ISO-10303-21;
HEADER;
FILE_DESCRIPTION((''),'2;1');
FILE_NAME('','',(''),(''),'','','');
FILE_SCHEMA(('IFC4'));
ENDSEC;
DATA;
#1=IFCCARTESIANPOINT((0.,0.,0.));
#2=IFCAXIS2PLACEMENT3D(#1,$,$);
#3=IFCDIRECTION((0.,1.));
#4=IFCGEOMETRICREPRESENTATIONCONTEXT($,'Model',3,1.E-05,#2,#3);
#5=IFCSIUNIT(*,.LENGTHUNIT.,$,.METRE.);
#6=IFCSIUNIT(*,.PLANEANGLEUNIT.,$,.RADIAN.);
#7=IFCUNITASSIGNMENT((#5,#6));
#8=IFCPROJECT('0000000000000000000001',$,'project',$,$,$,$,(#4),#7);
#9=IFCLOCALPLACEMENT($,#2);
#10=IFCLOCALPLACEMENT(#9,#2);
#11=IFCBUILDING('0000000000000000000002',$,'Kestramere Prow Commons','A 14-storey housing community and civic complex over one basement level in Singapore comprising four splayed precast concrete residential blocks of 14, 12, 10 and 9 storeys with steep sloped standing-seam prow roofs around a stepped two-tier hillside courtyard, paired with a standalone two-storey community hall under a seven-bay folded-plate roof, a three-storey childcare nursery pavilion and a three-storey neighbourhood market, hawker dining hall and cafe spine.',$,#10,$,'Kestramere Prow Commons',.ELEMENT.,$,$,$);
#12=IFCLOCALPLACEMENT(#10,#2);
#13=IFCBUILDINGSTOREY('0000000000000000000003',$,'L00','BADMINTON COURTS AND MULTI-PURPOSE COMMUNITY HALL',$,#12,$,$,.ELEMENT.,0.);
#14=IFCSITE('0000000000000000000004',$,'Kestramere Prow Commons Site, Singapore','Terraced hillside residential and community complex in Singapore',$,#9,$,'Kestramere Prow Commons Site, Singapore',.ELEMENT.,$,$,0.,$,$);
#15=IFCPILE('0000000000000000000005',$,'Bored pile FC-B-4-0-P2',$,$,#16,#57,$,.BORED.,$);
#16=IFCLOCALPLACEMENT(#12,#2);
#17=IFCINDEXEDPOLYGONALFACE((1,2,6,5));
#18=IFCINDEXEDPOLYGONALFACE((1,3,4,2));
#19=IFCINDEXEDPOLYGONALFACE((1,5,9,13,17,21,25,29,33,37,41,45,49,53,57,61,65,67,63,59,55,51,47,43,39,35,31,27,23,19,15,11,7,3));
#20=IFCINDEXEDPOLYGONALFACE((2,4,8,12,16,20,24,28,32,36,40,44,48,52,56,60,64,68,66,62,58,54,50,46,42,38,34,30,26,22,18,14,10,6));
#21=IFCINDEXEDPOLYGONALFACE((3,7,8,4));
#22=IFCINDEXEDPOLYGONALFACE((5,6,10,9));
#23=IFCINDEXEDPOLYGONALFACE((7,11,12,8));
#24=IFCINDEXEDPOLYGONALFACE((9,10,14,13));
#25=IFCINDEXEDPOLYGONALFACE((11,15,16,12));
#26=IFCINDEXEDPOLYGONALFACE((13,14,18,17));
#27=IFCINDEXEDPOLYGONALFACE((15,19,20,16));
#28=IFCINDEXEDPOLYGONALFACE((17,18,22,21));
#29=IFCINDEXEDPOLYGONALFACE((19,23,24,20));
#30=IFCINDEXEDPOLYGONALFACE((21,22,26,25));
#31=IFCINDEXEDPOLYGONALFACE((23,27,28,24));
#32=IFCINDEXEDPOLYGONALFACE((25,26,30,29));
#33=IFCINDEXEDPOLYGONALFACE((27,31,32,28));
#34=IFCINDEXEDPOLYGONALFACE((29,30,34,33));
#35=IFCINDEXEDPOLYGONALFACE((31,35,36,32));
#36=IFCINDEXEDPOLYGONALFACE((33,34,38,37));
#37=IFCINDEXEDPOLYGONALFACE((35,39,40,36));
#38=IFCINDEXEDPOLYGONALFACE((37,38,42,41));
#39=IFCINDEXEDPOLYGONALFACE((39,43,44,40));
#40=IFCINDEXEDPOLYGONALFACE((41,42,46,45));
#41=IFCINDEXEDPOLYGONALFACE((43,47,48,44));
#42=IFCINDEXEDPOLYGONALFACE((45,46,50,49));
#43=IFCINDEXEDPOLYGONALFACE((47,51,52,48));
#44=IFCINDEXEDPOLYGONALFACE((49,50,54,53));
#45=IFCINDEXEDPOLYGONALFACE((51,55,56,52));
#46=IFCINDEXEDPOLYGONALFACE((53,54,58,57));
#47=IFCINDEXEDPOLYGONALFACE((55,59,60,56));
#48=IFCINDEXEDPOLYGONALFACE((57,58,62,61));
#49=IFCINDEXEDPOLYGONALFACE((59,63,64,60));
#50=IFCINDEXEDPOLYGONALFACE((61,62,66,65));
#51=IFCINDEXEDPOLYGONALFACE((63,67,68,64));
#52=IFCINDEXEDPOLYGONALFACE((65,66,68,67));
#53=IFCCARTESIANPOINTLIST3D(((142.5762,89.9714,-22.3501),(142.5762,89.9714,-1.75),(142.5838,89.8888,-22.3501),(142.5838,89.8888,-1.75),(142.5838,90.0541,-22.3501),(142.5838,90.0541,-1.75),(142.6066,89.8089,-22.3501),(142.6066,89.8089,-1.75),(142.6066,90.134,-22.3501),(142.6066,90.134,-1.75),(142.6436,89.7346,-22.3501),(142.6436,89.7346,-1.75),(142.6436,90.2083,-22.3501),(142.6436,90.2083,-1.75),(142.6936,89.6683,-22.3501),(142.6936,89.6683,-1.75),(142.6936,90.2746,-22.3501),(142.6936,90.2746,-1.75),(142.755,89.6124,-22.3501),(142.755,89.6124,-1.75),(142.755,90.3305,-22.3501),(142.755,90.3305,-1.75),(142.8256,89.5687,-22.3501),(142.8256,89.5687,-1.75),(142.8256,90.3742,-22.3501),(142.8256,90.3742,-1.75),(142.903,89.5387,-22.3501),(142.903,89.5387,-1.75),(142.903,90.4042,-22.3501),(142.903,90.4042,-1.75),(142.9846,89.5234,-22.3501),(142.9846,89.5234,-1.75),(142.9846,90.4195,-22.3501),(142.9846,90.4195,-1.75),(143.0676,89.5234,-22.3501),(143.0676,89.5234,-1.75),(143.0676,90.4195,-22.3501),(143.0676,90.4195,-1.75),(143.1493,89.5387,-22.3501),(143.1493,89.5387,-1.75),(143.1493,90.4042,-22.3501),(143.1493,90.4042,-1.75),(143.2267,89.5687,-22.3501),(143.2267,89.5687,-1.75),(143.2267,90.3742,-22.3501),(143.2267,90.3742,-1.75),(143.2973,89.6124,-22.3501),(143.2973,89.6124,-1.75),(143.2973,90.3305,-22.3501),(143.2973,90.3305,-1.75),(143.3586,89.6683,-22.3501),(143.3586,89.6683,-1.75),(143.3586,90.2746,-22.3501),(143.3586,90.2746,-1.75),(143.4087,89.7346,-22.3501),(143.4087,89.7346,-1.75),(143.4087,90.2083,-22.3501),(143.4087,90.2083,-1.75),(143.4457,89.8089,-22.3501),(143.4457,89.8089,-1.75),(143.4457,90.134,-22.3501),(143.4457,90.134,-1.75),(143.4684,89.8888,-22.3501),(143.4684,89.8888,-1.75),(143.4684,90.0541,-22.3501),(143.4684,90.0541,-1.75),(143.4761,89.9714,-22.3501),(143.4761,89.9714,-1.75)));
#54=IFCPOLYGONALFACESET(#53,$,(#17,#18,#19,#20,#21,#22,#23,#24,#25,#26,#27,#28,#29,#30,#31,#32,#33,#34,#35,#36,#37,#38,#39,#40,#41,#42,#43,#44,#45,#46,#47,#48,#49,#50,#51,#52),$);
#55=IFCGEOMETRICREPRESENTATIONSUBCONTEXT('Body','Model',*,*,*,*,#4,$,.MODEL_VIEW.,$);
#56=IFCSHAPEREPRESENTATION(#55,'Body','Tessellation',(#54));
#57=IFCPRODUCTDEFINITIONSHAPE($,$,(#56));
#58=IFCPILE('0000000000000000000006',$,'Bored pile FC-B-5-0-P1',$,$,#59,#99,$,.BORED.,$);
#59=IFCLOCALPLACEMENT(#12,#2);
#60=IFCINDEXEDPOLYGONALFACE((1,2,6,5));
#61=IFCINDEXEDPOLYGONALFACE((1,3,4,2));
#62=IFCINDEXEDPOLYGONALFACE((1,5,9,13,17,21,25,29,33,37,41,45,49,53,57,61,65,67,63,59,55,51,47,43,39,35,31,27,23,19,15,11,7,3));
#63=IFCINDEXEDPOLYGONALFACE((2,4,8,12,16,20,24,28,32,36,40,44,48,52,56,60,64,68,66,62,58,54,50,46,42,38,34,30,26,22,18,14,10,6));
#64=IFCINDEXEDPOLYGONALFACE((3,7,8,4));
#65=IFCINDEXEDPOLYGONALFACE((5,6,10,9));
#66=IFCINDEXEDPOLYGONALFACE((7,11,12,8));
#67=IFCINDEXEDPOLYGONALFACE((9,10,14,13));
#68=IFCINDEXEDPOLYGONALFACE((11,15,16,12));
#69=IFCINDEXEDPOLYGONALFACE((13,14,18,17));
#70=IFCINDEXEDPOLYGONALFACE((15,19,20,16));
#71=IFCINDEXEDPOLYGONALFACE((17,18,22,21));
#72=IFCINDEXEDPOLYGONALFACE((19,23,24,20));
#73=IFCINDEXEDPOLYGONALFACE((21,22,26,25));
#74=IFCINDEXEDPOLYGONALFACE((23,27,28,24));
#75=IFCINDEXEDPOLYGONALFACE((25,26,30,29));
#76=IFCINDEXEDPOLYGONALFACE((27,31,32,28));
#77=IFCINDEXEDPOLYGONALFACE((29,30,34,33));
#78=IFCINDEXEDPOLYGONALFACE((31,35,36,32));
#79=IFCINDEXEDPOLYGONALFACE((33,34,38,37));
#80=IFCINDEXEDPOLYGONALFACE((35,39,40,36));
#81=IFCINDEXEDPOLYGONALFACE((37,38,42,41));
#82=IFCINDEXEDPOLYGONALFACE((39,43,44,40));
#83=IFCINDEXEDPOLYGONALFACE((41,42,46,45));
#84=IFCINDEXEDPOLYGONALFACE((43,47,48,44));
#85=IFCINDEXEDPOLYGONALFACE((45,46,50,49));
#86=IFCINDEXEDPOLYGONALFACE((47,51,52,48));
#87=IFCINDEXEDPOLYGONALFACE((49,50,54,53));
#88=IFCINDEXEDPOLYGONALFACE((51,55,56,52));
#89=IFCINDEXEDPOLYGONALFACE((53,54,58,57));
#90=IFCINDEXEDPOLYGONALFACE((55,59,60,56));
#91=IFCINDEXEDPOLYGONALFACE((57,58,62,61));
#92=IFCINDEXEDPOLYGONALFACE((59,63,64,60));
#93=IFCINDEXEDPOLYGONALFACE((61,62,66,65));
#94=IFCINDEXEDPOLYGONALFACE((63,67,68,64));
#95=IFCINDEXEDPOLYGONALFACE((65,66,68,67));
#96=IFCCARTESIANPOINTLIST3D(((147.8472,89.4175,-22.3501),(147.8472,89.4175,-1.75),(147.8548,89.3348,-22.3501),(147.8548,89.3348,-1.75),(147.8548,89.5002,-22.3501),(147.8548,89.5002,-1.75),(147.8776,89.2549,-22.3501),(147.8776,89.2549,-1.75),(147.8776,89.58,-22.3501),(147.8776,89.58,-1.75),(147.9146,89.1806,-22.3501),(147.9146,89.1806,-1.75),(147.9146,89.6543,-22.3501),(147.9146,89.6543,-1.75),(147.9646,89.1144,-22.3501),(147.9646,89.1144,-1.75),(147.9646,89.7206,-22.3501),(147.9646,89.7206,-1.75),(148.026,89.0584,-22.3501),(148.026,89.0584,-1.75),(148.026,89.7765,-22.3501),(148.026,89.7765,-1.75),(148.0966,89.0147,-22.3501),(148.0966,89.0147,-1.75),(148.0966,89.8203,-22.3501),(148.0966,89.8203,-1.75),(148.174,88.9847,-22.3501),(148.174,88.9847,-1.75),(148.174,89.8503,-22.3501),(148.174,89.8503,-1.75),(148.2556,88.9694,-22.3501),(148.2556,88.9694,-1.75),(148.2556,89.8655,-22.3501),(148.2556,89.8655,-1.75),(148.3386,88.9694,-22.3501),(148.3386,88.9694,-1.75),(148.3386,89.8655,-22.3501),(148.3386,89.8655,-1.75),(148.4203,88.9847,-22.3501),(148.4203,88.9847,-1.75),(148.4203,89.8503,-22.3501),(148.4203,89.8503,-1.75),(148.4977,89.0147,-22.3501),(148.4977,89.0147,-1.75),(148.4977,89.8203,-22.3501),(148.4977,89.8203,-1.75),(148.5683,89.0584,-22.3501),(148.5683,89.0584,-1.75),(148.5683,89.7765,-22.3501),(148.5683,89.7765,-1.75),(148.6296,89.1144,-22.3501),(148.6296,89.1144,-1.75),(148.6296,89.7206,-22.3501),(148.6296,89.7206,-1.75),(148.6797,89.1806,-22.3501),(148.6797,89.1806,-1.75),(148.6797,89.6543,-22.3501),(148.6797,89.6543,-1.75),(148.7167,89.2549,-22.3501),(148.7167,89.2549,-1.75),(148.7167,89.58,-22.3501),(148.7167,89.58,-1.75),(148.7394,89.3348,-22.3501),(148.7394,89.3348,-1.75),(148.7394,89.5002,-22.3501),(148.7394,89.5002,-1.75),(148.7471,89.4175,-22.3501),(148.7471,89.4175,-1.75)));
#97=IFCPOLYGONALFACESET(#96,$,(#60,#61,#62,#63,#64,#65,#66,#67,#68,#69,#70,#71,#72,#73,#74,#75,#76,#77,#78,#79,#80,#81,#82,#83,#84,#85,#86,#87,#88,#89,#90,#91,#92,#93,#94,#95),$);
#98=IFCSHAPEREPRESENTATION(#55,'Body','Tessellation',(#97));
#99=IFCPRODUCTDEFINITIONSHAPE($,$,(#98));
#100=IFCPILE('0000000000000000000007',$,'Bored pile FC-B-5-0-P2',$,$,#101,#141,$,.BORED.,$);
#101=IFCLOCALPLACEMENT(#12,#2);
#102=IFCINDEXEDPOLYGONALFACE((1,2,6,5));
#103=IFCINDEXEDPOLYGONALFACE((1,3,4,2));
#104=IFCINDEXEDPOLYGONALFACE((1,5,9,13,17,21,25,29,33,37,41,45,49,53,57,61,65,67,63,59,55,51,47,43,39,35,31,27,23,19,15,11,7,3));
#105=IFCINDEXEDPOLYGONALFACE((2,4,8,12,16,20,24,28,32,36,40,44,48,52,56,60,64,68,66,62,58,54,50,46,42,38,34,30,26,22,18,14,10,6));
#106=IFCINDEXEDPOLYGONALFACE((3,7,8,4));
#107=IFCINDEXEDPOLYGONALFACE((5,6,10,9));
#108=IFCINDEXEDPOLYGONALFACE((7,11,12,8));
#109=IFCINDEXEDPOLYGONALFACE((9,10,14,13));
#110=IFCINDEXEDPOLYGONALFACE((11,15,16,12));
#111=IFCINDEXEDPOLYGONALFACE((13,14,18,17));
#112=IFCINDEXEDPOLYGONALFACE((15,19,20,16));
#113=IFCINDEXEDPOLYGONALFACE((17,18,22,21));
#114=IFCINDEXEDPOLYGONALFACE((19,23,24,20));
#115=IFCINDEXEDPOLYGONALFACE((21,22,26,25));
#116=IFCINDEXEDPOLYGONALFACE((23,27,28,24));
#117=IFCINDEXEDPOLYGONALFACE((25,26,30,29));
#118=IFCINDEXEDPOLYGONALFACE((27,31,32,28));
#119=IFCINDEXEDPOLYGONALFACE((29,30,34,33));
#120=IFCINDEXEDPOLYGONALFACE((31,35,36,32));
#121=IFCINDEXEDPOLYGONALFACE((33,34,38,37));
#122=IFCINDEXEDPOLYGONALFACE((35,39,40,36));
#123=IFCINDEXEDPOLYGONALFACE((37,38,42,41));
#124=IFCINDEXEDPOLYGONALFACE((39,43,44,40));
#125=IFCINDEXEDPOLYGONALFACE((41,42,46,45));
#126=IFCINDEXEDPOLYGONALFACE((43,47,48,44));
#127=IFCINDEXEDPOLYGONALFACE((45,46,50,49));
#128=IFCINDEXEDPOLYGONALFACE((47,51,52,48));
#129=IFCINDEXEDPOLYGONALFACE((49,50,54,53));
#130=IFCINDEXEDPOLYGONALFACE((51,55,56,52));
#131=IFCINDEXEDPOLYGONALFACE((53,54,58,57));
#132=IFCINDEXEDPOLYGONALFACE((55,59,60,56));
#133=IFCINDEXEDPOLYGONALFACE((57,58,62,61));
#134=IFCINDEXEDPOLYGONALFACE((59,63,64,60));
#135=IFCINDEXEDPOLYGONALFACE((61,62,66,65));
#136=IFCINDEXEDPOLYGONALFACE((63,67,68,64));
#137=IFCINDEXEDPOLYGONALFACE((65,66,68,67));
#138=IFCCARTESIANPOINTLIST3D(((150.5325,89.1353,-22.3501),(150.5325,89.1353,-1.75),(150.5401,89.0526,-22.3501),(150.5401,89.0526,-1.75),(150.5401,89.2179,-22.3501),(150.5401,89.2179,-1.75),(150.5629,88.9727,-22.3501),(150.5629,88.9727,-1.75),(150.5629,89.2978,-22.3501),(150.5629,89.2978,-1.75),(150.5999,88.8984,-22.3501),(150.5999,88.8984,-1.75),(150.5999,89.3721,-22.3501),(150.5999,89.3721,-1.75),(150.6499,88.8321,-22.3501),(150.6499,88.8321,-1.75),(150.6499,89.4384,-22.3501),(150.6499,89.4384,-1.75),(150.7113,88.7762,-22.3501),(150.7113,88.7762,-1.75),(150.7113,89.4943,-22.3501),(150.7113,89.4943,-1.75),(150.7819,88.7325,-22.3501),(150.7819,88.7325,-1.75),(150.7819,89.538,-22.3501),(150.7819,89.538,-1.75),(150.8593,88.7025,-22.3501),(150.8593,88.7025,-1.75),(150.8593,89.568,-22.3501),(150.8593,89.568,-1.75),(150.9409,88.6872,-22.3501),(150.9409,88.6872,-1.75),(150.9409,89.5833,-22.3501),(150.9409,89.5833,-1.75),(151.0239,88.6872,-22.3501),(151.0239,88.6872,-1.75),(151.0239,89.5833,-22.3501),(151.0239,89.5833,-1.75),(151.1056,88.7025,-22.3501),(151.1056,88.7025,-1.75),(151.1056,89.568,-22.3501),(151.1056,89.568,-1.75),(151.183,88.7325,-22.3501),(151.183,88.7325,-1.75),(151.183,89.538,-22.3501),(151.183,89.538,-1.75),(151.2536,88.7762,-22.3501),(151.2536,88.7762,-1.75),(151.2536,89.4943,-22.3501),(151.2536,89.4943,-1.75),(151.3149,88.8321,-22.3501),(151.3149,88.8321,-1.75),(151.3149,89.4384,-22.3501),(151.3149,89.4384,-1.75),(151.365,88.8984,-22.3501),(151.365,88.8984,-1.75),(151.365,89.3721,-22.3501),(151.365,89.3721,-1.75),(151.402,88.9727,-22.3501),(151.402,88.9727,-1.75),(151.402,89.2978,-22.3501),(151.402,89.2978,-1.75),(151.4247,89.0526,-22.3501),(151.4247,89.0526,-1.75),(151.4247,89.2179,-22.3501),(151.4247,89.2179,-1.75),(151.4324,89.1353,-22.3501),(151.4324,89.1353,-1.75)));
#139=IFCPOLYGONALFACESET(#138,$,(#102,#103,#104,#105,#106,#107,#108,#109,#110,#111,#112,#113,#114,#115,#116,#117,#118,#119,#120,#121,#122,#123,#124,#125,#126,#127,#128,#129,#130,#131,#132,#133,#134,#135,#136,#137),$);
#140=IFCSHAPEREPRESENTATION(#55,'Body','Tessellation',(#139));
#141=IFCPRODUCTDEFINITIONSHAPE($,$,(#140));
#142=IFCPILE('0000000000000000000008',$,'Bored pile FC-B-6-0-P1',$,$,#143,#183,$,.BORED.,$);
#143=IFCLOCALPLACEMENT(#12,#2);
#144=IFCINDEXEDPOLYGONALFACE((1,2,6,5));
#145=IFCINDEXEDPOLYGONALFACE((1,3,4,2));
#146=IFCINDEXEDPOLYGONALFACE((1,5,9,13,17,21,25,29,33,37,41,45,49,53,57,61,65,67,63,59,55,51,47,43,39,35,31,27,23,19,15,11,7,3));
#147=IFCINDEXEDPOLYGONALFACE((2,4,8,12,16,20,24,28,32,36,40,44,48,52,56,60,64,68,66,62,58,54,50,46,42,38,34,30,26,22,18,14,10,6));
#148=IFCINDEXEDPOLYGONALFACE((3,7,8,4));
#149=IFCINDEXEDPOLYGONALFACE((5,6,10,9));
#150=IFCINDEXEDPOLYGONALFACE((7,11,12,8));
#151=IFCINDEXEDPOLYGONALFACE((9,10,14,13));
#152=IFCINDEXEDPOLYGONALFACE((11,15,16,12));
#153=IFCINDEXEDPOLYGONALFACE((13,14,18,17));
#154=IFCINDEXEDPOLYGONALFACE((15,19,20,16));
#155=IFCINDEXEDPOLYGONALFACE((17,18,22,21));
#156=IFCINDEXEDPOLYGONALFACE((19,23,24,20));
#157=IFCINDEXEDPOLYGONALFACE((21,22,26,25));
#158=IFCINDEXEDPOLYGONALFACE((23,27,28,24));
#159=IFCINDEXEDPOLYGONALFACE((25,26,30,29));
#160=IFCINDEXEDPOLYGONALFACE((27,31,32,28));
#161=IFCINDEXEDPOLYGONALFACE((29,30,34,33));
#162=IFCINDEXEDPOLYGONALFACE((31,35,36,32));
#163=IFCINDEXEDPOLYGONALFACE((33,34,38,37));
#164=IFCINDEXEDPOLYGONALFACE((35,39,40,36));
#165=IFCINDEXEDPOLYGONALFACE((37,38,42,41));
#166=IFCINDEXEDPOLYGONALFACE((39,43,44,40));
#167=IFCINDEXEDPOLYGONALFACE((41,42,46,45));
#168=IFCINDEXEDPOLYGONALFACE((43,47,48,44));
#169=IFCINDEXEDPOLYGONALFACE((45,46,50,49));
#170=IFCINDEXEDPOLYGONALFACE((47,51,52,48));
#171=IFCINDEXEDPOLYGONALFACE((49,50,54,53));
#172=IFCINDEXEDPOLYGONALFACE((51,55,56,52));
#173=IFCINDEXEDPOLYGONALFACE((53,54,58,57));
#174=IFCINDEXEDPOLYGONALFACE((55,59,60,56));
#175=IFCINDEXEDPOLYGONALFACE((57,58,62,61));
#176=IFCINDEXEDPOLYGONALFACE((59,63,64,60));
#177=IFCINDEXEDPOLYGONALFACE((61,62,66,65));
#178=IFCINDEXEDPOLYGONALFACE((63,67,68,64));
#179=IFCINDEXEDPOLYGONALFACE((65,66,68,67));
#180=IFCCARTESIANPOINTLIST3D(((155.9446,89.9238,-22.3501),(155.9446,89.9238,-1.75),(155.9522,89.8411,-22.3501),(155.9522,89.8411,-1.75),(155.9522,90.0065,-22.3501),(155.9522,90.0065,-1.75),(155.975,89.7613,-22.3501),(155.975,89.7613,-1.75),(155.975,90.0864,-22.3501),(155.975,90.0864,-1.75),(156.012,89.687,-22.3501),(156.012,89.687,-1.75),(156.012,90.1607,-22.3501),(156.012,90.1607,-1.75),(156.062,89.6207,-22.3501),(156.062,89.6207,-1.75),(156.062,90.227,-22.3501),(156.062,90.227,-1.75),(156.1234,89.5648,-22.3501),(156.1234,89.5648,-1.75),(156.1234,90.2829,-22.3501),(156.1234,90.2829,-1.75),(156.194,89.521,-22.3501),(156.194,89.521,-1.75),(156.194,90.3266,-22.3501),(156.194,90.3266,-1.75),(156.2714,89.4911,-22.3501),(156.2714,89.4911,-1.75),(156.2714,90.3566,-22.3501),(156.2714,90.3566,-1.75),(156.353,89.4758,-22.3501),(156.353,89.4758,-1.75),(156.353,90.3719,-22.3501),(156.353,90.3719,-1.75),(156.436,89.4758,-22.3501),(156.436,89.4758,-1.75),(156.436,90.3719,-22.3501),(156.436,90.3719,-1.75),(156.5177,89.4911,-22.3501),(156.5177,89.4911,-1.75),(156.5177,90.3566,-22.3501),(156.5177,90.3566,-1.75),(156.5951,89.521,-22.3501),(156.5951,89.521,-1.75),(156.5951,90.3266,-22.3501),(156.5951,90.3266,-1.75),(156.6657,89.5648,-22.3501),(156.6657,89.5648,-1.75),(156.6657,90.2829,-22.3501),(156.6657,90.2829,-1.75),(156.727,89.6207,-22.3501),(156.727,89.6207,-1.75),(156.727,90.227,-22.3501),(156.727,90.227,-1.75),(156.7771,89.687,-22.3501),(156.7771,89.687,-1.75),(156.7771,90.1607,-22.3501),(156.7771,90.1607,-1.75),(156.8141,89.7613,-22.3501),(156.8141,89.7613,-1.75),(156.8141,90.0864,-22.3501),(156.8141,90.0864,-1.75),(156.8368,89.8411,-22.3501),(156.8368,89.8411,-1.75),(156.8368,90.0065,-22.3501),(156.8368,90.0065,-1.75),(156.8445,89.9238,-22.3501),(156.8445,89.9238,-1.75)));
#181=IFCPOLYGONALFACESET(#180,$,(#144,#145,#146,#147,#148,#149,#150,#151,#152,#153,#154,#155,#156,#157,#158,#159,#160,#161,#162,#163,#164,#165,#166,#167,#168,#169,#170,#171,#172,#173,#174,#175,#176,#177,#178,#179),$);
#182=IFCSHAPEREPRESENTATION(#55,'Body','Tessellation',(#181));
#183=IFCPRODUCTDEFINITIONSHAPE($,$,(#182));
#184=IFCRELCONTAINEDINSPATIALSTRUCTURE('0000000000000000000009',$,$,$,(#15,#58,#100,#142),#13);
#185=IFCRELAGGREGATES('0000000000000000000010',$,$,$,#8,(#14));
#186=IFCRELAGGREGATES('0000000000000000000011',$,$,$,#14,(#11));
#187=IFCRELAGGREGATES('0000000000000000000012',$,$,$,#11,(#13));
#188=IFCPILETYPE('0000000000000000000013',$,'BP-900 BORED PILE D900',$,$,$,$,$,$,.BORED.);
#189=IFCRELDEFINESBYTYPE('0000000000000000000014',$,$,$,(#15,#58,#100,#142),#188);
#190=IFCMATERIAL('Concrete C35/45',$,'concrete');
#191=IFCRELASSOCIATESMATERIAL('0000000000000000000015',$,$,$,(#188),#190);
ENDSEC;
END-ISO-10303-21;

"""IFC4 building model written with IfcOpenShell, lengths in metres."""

from ifc_helpers import new_model, si_unit, direction, frame, origin, origin_2d, place, context, subcontext, project, spatial, circle, extrude, material, material_profile, profile_set, type_object, element, save


model = new_model("IFC4")

# Units and contexts
model_context = context("Model", 3, precision=1e-05, world=origin(), true_north=direction((0.0, 1.0)))
body_context = subcontext(model_context, "Body", "Model", "MODEL_VIEW")
ifc_project = project(units=[si_unit("LENGTHUNIT", "METRE"), si_unit("PLANEANGLEUNIT", "RADIAN")], contexts=[model_context])

# Site, building, storey
site_placement = place(None, origin())
site = spatial("IfcSite", under=ifc_project, at=site_placement, Name="Kestramere Prow Commons Site, Singapore", Description="Terraced hillside residential and community complex in Singapore", LongName="Kestramere Prow Commons Site, Singapore", CompositionType="ELEMENT", RefElevation=0.0)
building_placement = place(site_placement, origin())
building = spatial("IfcBuilding", under=site, at=building_placement, Name="Kestramere Prow Commons", Description="A 14-storey housing community and civic complex over one basement level in Singapore comprising four splayed precast concrete residential blocks of 14, 12, 10 and 9 storeys with steep sloped standing-seam prow roofs around a stepped two-tier hillside courtyard, paired with a standalone two-storey community hall under a seven-bay folded-plate roof, a three-storey childcare nursery pavilion and a three-storey neighbourhood market, hawker dining hall and cafe spine.", LongName="Kestramere Prow Commons", CompositionType="ELEMENT")
storey_placement = place(building_placement, origin())
storey = spatial("IfcBuildingStorey", under=building, at=storey_placement, Name="L00", Description="BADMINTON COURTS AND MULTI-PURPOSE COMMUNITY HALL", CompositionType="ELEMENT", Elevation=0.0)

# Piles
ifc_material_1 = material(Name="Concrete C35/45", Category="concrete")
ifc_material_profile_1 = material_profile(ifc_material_1, circle(Radius=0.45, at=origin_2d()), Name="BORED PILE D900")
ifc_profile_set_1 = profile_set([ifc_material_profile_1], Name="Concrete C35/45")
pile_type_1 = type_object("IfcPileType", Name="BP-900 BORED PILE D900", PredefinedType="BORED", material=ifc_profile_set_1)
for number, where, z_axis, x_axis, name in (
    (1, (143.0261, 89.9714, -1.75), (0.0, 0.0, -1.0), (1.0, 0.0, 0.0), "Bored pile FC-B-4-0-P2"),
    (2, (148.2971, 89.4175, -1.75), (0.0, 0.0, -1.0), (1.0, 0.0, 0.0), "Bored pile FC-B-5-0-P1"),
    (3, (150.9824, 89.1353, -1.75), (0.0, 0.0, -1.0), (1.0, 0.0, 0.0), "Bored pile FC-B-5-0-P2"),
    (4, (156.3945, 89.9238, -1.75), (0.0, 0.0, -1.0), (1.0, 0.0, 0.0), "Bored pile FC-B-6-0-P1"),
):
    element("IfcPile", number, at=place(storey_placement, frame(where, z_axis=z_axis, x_axis=x_axis)), inside=storey, type_object=pile_type_1, Name=name, PredefinedType="BORED", context=body_context, shape_type="SweptSolid", body=[
        extrude(circle(Radius=0.45, at=origin_2d()), origin(), (0.0, 0.0, 1.0), 20.6001),
    ])

save(model, "model.ifc")
